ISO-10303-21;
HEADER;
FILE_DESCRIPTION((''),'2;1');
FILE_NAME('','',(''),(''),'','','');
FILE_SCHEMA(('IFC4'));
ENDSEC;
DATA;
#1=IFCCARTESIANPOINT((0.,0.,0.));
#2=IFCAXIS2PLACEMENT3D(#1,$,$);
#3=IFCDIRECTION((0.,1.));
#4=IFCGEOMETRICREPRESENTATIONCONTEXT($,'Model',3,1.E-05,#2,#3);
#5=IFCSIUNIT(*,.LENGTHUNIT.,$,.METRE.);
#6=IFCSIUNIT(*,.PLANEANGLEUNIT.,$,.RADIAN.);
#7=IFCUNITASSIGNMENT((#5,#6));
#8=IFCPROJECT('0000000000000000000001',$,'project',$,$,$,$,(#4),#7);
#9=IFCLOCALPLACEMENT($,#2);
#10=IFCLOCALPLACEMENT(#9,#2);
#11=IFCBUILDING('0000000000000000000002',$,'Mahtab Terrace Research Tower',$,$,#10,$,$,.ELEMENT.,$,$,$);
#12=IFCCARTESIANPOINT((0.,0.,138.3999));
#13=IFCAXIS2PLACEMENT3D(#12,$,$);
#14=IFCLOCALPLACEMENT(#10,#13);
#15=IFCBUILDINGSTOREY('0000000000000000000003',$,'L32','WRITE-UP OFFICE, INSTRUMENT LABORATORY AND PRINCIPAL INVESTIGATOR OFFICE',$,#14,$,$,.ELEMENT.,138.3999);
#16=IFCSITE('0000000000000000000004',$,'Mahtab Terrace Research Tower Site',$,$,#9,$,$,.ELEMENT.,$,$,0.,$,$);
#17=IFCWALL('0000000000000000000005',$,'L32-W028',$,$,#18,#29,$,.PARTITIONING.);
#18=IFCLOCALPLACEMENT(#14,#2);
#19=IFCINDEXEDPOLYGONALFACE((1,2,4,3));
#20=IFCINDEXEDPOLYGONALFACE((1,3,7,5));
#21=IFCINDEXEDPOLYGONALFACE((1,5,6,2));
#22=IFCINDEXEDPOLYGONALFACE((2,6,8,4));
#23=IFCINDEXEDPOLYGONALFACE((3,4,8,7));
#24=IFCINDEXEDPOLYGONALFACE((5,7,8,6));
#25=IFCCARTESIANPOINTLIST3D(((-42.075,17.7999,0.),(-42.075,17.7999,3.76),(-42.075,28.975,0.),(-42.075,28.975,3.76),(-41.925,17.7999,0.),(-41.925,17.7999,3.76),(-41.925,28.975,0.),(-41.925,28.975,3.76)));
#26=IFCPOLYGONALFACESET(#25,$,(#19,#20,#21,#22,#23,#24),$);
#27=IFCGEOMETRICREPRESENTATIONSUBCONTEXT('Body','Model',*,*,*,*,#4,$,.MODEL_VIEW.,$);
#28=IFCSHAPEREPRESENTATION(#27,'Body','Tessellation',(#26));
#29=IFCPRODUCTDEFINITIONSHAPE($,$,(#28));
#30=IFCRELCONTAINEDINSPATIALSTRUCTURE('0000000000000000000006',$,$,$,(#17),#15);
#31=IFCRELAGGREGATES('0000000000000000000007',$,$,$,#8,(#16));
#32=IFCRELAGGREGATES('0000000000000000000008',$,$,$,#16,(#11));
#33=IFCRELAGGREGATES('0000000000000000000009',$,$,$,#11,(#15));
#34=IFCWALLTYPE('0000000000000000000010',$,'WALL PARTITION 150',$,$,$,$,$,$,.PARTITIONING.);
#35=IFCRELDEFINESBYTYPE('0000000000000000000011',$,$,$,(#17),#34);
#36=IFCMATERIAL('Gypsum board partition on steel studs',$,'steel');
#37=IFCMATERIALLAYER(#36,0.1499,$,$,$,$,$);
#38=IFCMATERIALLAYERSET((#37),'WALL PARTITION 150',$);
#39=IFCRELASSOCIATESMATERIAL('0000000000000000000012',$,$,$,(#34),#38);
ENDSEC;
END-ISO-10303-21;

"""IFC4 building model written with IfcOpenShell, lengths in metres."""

from ifc_helpers import new_model, si_unit, direction, frame, frame_2d, origin, place, context, subcontext, project, spatial, rectangle, extrude, material, layer, layer_set, type_object, element, save


model = new_model("IFC4")

# Units and contexts
model_context = context("Model", 3, precision=1e-05, world=origin(), true_north=direction((0.0, 1.0)))
body_context = subcontext(model_context, "Body", "Model", "MODEL_VIEW")
ifc_project = project(units=[si_unit("LENGTHUNIT", "METRE"), si_unit("PLANEANGLEUNIT", "RADIAN")], contexts=[model_context])

# Site, building, storey
site_placement = place(None, origin())
site = spatial("IfcSite", under=ifc_project, at=site_placement, Name="Mahtab Terrace Research Tower Site", CompositionType="ELEMENT", RefElevation=0.0)
building_placement = place(site_placement, origin())
building = spatial("IfcBuilding", under=site, at=building_placement, Name="Mahtab Terrace Research Tower", CompositionType="ELEMENT")
storey_placement = place(building_placement, frame((0.0, 0.0, 138.3999)))
storey = spatial("IfcBuildingStorey", under=building, at=storey_placement, Name="L32", Description="WRITE-UP OFFICE, INSTRUMENT LABORATORY AND PRINCIPAL INVESTIGATOR OFFICE", CompositionType="ELEMENT", Elevation=138.3999)

# Wall
ifc_material_1 = material(Name="Gypsum board partition on steel studs", Category="steel")
ifc_layer_1 = layer(ifc_material_1, 0.1499)
ifc_layer_set_1 = layer_set([ifc_layer_1], Name="WALL PARTITION 150")
wall_type_1 = type_object("IfcWallType", Name="WALL PARTITION 150", PredefinedType="PARTITIONING", material=ifc_layer_set_1)
wall_1_placement = place(storey_placement, frame((-42.0, 17.8, 0.0), z_axis=(0.0, 0.0, 1.0), x_axis=(0.0, 1.0, 0.0)))
element("IfcWall", 1, at=wall_1_placement, inside=storey, type_object=wall_type_1, Name="L32-W028", PredefinedType="PARTITIONING", context=body_context, shape_type="SweptSolid", body=[
    extrude(rectangle(XDim=11.175, YDim=0.1499, at=frame_2d((5.5874, 0.0))), origin(), (0.0, 0.0, 1.0), 3.76),
])

save(model, "model.ifc")
